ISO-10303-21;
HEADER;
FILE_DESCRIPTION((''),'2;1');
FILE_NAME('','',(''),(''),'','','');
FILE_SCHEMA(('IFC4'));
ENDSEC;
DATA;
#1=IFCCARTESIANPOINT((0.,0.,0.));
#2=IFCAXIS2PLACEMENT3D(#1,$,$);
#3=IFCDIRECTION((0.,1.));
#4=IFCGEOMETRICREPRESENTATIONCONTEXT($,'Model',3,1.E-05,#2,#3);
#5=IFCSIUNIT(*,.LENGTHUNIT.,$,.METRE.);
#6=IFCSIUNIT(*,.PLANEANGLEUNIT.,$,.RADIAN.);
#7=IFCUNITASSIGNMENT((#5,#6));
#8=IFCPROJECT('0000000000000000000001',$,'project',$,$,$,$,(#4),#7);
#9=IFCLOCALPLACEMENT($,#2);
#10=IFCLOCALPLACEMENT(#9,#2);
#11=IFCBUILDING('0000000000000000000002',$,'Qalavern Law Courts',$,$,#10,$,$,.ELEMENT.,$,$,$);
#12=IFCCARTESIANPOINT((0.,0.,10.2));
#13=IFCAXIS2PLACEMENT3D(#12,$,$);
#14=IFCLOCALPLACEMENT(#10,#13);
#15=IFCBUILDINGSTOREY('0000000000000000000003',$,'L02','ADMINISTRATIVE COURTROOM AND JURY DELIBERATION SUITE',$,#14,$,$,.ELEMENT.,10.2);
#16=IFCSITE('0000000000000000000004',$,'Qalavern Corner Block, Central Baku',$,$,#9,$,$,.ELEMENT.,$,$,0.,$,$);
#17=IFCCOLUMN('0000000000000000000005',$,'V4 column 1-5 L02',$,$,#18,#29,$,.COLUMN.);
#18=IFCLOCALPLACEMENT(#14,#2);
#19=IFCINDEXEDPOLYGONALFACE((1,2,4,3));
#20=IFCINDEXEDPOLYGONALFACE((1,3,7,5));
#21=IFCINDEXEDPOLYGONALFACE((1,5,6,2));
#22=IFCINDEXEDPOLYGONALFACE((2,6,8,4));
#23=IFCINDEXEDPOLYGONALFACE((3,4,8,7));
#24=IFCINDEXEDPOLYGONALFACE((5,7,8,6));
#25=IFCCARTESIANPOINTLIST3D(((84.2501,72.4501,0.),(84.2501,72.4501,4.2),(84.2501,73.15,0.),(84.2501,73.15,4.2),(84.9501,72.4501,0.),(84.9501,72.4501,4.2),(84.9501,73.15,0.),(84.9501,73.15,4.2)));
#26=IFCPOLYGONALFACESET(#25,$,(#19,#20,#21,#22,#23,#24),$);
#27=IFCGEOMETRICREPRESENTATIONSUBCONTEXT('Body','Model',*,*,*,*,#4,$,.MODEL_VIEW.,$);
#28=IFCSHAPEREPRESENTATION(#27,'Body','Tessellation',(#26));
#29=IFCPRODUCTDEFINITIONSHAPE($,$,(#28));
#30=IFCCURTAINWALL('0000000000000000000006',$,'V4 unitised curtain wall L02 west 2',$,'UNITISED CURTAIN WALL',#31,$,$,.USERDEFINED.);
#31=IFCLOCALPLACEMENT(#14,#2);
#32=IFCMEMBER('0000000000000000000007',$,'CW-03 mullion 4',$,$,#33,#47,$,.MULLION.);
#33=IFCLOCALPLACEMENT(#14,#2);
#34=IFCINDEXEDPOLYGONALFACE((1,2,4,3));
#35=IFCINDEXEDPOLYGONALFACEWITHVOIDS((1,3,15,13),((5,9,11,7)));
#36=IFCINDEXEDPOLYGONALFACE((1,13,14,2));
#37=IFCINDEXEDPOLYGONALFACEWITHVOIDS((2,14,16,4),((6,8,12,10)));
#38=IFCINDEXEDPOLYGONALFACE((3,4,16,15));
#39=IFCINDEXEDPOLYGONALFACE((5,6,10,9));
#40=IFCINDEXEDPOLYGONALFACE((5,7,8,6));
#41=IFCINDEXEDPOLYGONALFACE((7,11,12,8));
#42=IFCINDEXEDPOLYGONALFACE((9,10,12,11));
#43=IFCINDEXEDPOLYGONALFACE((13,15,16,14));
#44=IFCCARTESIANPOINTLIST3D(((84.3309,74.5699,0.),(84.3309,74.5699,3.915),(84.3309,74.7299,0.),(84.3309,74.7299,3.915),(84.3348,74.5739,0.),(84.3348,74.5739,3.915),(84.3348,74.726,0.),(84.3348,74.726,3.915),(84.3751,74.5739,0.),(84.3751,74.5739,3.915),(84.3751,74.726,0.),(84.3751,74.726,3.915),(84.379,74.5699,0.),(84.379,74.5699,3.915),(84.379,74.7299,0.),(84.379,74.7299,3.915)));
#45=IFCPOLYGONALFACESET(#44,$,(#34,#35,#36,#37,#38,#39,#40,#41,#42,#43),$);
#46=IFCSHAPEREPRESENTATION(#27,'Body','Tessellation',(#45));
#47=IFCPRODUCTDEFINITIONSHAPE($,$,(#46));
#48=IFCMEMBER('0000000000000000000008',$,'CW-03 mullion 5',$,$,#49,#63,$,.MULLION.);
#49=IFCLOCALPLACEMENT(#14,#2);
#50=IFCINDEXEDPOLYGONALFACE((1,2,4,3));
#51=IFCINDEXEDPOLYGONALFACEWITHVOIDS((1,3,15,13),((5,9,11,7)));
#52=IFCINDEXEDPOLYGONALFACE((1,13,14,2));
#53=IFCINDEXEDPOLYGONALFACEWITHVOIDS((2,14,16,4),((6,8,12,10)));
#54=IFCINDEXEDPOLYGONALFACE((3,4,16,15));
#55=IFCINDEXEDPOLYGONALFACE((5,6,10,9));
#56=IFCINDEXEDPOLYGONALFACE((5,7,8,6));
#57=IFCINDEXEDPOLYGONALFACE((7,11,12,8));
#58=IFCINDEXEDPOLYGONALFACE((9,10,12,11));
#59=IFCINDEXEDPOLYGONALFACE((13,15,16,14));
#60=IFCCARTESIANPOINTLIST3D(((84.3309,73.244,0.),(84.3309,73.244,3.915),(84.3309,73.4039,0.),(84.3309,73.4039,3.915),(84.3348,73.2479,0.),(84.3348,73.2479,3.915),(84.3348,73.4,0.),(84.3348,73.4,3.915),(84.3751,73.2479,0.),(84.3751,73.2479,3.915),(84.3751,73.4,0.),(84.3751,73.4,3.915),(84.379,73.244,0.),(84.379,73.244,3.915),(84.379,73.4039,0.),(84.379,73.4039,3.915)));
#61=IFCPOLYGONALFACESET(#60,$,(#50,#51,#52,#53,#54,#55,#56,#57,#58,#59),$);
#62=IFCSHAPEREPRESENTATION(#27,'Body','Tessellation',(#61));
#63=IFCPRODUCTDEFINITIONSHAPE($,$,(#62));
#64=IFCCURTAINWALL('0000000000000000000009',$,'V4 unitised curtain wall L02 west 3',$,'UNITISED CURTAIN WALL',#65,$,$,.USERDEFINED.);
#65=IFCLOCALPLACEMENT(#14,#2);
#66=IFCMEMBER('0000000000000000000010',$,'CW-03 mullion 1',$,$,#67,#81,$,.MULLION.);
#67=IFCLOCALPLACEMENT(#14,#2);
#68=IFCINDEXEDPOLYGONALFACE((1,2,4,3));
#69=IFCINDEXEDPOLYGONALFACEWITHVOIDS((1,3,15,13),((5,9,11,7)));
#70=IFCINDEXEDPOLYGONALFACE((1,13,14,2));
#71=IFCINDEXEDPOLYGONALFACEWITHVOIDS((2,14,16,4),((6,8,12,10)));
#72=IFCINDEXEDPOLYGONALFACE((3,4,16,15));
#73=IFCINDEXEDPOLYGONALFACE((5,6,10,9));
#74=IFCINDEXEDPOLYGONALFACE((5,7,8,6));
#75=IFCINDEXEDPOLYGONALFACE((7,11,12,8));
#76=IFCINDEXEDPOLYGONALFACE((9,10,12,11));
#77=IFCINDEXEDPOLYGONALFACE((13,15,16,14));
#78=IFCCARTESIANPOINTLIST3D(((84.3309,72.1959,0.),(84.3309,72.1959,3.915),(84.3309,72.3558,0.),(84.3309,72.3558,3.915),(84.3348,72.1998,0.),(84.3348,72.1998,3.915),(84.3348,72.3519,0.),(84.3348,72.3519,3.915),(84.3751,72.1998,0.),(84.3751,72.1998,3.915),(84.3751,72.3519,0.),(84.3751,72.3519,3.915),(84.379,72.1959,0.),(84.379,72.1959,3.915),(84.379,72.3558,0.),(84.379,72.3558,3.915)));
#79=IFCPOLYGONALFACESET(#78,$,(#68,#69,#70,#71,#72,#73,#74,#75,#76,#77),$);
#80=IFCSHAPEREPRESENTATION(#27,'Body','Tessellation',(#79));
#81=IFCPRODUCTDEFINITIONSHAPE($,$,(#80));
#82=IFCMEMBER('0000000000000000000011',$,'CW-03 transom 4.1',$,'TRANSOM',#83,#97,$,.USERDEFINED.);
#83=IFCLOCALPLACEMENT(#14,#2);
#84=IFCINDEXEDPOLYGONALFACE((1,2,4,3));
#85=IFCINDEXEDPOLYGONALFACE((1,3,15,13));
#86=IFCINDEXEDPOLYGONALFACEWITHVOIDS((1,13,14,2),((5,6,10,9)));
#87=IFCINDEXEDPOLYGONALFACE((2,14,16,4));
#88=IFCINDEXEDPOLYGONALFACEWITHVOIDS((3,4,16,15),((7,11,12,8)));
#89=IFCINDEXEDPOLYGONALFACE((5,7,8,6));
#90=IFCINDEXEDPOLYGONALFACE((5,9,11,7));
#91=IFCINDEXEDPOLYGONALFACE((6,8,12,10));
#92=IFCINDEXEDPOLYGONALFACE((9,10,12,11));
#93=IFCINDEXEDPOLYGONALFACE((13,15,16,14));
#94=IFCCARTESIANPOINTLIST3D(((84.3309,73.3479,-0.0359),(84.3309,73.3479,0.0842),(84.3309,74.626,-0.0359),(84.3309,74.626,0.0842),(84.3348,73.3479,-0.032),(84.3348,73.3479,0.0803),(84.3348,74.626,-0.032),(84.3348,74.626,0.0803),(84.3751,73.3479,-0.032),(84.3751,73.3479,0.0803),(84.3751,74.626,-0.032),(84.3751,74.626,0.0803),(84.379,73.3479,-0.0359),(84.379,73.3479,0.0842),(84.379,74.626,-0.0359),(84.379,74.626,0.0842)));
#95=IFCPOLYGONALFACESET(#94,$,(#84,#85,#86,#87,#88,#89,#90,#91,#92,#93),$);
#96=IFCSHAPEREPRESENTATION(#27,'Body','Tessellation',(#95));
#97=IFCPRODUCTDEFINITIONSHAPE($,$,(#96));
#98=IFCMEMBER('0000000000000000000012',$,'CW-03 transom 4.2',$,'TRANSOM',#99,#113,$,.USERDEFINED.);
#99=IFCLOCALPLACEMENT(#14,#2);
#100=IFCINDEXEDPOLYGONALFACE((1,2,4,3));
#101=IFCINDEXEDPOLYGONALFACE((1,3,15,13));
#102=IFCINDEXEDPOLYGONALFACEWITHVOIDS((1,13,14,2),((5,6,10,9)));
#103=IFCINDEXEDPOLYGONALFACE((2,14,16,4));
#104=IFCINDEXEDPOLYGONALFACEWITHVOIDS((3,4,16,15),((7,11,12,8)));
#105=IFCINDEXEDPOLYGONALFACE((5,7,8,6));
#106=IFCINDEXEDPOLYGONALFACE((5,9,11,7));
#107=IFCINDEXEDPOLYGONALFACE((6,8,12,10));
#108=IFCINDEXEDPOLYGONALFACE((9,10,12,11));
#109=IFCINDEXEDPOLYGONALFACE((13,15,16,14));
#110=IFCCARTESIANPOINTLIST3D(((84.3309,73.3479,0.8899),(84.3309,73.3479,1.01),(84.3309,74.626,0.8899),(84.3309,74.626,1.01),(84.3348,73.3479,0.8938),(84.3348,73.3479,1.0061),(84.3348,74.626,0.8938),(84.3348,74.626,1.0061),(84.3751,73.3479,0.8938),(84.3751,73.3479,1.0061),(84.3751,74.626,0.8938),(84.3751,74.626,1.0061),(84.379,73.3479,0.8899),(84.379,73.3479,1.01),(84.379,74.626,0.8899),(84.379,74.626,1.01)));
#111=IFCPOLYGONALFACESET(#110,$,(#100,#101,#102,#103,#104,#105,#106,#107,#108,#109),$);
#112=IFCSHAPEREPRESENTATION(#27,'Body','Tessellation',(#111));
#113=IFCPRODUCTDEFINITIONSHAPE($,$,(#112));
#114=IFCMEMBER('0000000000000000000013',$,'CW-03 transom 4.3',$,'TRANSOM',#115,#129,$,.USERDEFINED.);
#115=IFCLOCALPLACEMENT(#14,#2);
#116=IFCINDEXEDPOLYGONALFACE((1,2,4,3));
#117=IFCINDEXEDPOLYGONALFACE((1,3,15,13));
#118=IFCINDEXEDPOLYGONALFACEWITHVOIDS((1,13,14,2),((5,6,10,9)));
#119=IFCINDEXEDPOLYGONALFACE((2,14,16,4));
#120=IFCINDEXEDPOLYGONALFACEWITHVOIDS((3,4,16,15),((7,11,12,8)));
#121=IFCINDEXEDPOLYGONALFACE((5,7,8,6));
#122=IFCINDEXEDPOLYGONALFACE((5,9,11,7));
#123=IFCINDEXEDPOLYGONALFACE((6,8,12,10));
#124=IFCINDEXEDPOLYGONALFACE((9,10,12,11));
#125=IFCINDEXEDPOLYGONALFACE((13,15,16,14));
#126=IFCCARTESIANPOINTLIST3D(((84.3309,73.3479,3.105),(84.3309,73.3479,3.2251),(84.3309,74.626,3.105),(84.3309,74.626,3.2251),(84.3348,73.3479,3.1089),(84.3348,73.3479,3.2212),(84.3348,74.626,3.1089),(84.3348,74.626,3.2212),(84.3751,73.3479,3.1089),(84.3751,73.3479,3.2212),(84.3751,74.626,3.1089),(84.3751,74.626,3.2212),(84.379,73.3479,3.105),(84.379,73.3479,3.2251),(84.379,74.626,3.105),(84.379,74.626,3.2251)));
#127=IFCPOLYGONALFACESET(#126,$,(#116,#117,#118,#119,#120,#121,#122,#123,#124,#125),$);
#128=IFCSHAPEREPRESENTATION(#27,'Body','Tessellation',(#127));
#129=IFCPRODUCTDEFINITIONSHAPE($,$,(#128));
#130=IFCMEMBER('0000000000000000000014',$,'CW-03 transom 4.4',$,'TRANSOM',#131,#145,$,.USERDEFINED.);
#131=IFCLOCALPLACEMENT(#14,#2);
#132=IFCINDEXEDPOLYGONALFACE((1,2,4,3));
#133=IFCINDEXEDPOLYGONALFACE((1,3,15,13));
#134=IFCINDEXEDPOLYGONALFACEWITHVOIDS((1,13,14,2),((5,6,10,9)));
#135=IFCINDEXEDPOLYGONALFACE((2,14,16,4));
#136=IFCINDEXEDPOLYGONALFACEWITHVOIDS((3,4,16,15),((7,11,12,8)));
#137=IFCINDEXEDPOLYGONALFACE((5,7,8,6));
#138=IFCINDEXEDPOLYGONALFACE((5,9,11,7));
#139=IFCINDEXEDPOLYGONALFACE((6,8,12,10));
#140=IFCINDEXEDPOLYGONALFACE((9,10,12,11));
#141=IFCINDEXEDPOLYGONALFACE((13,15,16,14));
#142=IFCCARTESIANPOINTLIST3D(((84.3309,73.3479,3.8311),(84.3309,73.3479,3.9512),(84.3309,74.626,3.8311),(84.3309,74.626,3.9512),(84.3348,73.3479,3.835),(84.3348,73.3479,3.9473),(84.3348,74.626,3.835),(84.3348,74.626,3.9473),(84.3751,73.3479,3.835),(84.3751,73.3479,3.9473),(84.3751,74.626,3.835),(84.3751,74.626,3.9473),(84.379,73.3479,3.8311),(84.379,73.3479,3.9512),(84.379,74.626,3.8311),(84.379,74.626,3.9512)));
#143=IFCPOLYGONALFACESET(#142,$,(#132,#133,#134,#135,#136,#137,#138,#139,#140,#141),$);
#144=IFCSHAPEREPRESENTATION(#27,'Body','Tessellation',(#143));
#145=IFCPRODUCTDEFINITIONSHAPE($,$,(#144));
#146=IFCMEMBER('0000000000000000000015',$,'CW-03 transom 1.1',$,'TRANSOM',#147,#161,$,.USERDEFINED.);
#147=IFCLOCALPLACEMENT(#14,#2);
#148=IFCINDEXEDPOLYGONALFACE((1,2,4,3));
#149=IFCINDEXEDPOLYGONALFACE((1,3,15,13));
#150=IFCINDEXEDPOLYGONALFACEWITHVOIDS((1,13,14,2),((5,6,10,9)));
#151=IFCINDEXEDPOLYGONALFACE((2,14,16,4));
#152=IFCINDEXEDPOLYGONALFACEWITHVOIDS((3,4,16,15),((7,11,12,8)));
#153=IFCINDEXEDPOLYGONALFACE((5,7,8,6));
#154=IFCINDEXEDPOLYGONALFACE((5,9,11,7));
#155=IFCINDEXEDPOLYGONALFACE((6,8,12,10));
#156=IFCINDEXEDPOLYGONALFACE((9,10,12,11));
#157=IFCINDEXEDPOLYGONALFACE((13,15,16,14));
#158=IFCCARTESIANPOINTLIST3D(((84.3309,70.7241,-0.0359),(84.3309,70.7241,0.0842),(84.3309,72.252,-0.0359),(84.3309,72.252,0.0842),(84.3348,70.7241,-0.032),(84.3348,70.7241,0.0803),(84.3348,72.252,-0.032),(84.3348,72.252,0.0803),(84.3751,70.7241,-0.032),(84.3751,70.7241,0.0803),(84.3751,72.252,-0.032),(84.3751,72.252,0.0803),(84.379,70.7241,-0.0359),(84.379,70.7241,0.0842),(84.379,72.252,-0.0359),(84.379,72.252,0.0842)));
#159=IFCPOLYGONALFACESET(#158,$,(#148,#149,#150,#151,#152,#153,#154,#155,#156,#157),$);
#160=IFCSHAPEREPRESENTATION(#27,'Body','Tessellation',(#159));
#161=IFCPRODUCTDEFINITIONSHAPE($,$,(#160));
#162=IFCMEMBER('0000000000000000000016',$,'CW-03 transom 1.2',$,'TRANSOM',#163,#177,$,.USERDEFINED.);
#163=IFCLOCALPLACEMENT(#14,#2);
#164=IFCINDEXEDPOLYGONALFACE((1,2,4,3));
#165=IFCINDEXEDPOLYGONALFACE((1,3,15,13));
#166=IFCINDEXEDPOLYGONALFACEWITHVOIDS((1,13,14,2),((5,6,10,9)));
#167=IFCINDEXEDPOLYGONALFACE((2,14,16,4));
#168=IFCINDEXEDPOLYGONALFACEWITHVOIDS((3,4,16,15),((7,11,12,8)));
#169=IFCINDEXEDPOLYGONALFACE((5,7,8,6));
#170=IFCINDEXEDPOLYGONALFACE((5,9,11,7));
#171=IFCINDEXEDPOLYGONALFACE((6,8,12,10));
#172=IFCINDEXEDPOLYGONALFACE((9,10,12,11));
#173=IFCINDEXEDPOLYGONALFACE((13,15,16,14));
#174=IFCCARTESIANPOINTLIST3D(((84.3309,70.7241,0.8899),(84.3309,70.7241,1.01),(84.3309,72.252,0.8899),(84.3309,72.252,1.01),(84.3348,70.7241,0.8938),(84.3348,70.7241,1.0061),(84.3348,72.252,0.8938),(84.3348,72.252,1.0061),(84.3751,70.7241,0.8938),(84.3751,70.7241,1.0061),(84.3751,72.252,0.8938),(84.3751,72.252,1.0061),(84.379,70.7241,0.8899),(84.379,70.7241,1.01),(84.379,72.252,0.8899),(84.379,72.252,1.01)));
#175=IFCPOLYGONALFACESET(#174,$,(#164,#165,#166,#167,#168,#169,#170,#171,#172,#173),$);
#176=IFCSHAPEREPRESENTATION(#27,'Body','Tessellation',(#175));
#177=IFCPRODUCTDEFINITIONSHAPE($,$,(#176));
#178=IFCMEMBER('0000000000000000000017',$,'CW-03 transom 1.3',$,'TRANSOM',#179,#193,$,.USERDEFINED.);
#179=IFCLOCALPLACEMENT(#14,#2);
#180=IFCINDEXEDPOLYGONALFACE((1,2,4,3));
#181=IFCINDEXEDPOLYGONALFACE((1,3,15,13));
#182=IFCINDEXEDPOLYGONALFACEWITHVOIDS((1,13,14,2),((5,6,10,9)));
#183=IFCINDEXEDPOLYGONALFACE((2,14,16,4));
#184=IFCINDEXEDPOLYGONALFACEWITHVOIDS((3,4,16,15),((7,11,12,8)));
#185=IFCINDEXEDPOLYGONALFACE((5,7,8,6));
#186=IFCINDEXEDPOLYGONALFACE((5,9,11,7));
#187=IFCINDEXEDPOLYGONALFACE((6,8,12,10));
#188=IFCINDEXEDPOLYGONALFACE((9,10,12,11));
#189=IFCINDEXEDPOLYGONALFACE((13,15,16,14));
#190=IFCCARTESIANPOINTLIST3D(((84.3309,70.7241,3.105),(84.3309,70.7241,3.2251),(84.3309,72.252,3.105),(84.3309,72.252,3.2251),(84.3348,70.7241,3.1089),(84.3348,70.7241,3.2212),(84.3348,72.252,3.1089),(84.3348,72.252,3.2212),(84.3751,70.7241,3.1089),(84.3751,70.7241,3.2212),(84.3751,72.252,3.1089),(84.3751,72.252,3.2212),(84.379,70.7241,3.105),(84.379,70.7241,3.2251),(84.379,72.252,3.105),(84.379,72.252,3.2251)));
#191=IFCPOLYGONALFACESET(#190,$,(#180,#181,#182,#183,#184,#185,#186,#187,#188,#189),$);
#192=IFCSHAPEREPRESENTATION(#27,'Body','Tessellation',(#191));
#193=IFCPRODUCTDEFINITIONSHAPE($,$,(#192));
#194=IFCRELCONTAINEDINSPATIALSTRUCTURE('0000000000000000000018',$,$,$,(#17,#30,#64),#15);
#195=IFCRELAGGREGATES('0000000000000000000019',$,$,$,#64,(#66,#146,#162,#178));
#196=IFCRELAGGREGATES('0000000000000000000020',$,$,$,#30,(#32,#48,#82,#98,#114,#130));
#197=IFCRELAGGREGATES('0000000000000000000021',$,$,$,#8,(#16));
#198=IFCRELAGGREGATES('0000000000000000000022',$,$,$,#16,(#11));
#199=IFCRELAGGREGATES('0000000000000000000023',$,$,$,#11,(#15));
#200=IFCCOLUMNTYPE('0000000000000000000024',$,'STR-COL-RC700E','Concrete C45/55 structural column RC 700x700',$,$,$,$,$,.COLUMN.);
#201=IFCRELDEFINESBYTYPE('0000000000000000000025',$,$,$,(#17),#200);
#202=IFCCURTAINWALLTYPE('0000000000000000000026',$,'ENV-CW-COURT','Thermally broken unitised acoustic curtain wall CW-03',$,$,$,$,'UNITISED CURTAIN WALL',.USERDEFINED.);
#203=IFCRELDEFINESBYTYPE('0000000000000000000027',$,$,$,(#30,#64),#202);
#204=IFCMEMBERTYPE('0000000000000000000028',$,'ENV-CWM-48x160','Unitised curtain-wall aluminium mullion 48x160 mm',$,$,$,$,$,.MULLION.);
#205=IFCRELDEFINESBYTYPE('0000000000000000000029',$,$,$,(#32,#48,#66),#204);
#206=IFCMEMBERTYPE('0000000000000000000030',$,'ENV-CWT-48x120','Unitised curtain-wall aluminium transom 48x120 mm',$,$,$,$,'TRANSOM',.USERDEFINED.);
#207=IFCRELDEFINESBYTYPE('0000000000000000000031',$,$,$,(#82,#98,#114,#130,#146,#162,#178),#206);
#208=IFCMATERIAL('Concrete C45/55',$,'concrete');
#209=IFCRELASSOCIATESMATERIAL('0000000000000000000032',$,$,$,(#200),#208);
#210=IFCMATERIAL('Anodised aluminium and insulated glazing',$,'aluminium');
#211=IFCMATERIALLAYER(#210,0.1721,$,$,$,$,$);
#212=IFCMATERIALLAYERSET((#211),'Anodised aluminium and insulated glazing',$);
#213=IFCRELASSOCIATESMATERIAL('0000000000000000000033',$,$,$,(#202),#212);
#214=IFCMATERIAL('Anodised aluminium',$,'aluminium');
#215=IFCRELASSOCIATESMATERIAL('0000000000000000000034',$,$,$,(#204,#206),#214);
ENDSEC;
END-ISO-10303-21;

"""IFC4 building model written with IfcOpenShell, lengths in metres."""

from ifc_helpers import new_model, si_unit, direction, frame, origin, origin_2d, place, context, subcontext, project, spatial, rectangle, hollow_rectangle, extrude, material, layer, layer_set, material_profile, profile_set, type_object, element, aggregate, save


model = new_model("IFC4")

# Units and contexts
model_context = context("Model", 3, precision=1e-05, world=origin(), true_north=direction((0.0, 1.0)))
body_context = subcontext(model_context, "Body", "Model", "MODEL_VIEW")
ifc_project = project(units=[si_unit("LENGTHUNIT", "METRE"), si_unit("PLANEANGLEUNIT", "RADIAN")], contexts=[model_context])

# Site, building, storey
site_placement = place(None, origin())
site = spatial("IfcSite", under=ifc_project, at=site_placement, Name="Qalavern Corner Block, Central Baku", CompositionType="ELEMENT", RefElevation=0.0)
building_placement = place(site_placement, origin())
building = spatial("IfcBuilding", under=site, at=building_placement, Name="Qalavern Law Courts", CompositionType="ELEMENT")
storey_placement = place(building_placement, frame((0.0, 0.0, 10.2)))
storey = spatial("IfcBuildingStorey", under=building, at=storey_placement, Name="L02", Description="ADMINISTRATIVE COURTROOM AND JURY DELIBERATION SUITE", CompositionType="ELEMENT", Elevation=10.2)

# Column
ifc_material_1 = material(Name="Concrete C45/55", Category="concrete")
ifc_material_profile_1 = material_profile(ifc_material_1, rectangle(XDim=0.7, YDim=0.7, at=origin_2d()), Name="RC 700x700")
ifc_profile_set_1 = profile_set([ifc_material_profile_1], Name="Concrete C45/55")
column_type = type_object("IfcColumnType", Name="STR-COL-RC700E", Description="Concrete C45/55 structural column RC 700x700", PredefinedType="COLUMN", material=ifc_profile_set_1)
column_placement = place(storey_placement, frame((84.6001, 72.8, 0.0), z_axis=(0.0, 0.0, 1.0), x_axis=(1.0, 0.0, 0.0)))
element("IfcColumn", 1, at=column_placement, inside=storey, type_object=column_type, Name="V4 column 1-5 L02", PredefinedType="COLUMN", context=body_context, shape_type="SweptSolid", body=[
    extrude(rectangle(XDim=0.7, YDim=0.7, at=origin_2d()), origin(), (0.0, 0.0, 1.0), 4.2),
])

# Curtain wall, members
ifc_material_2 = material(Name="Anodised aluminium and insulated glazing", Category="aluminium")
ifc_layer_1 = layer(ifc_material_2, 0.1721)
ifc_layer_set_1 = layer_set([ifc_layer_1], Name="Anodised aluminium and insulated glazing")
curtain_wall_type = type_object("IfcCurtainWallType", Name="ENV-CW-COURT", Description="Thermally broken unitised acoustic curtain wall CW-03", ElementType="UNITISED CURTAIN WALL", PredefinedType="USERDEFINED", material=ifc_layer_set_1)
curtain_wall_1_placement = place(storey_placement, origin())
curtain_wall_1 = element("IfcCurtainWall", 2, at=curtain_wall_1_placement, inside=storey, type_object=curtain_wall_type, Name="V4 unitised curtain wall L02 west 2", ObjectType="UNITISED CURTAIN WALL", PredefinedType="USERDEFINED")
ifc_material_3 = material(Name="Anodised aluminium", Category="aluminium")
ifc_material_profile_2 = material_profile(ifc_material_3, hollow_rectangle(XDim=0.0481, YDim=0.1599, WallThickness=0.0039, at=origin_2d()), Name="ALU MULLION 48x160")
ifc_profile_set_2 = profile_set([ifc_material_profile_2], Name="Anodised aluminium")
member_type_1 = type_object("IfcMemberType", Name="ENV-CWM-48x160", Description="Unitised curtain-wall aluminium mullion 48x160 mm", PredefinedType="MULLION", material=ifc_profile_set_2)
member_1_placement = place(storey_placement, frame((84.355, 74.6499, 0.0), z_axis=(0.0, 0.0, 1.0), x_axis=(1.0, 0.0, 0.0)))
member_1 = element("IfcMember", 3, at=member_1_placement, type_object=member_type_1, Name="CW-03 mullion 4", PredefinedType="MULLION", context=body_context, shape_type="SweptSolid", body=[
    extrude(hollow_rectangle(XDim=0.0481, YDim=0.1599, WallThickness=0.0039, at=origin_2d()), origin(), (0.0, 0.0, 1.0), 3.915),
])
member_2_placement = place(storey_placement, frame((84.355, 73.324, 0.0), z_axis=(0.0, 0.0, 1.0), x_axis=(1.0, 0.0, 0.0)))
member_2 = element("IfcMember", 4, at=member_2_placement, type_object=member_type_1, Name="CW-03 mullion 5", PredefinedType="MULLION", context=body_context, shape_type="SweptSolid", body=[
    extrude(hollow_rectangle(XDim=0.0481, YDim=0.1599, WallThickness=0.0039, at=origin_2d()), origin(), (0.0, 0.0, 1.0), 3.915),
])

# Curtain wall, member
curtain_wall_2_placement = place(storey_placement, origin())
curtain_wall_2 = element("IfcCurtainWall", 5, at=curtain_wall_2_placement, inside=storey, type_object=curtain_wall_type, Name="V4 unitised curtain wall L02 west 3", ObjectType="UNITISED CURTAIN WALL", PredefinedType="USERDEFINED")
member_3_placement = place(storey_placement, frame((84.355, 72.2759, 0.0), z_axis=(0.0, 0.0, 1.0), x_axis=(1.0, 0.0, 0.0)))
member_3 = element("IfcMember", 6, at=member_3_placement, type_object=member_type_1, Name="CW-03 mullion 1", PredefinedType="MULLION", context=body_context, shape_type="SweptSolid", body=[
    extrude(hollow_rectangle(XDim=0.0481, YDim=0.1599, WallThickness=0.0039, at=origin_2d()), origin(), (0.0, 0.0, 1.0), 3.915),
])

# Members
ifc_material_profile_3 = material_profile(ifc_material_3, hollow_rectangle(XDim=0.0481, YDim=0.1201, WallThickness=0.0039, at=origin_2d()), Name="ALU TRANSOM 48x120")
ifc_profile_set_3 = profile_set([ifc_material_profile_3], Name="Anodised aluminium")
member_type_2 = type_object("IfcMemberType", Name="ENV-CWT-48x120", Description="Unitised curtain-wall aluminium transom 48x120 mm", ElementType="TRANSOM", PredefinedType="USERDEFINED", material=ifc_profile_set_3)
member_4_placement = place(storey_placement, frame((84.355, 74.626, 0.0242), z_axis=(0.0, -1.0, 0.0), x_axis=(1.0, 0.0, 0.0)))
member_4 = element("IfcMember", 7, at=member_4_placement, type_object=member_type_2, Name="CW-03 transom 4.1", ObjectType="TRANSOM", PredefinedType="USERDEFINED", context=body_context, shape_type="SweptSolid", body=[
    extrude(hollow_rectangle(XDim=0.0481, YDim=0.1201, WallThickness=0.0039, at=origin_2d()), origin(), (0.0, 0.0, 1.0), 1.2781),
])
member_5_placement = place(storey_placement, frame((84.355, 74.626, 0.95), z_axis=(0.0, -1.0, 0.0), x_axis=(1.0, 0.0, 0.0)))
member_5 = element("IfcMember", 8, at=member_5_placement, type_object=member_type_2, Name="CW-03 transom 4.2", ObjectType="TRANSOM", PredefinedType="USERDEFINED", context=body_context, shape_type="SweptSolid", body=[
    extrude(hollow_rectangle(XDim=0.0481, YDim=0.1201, WallThickness=0.0039, at=origin_2d()), origin(), (0.0, 0.0, 1.0), 1.2781),
])
member_6_placement = place(storey_placement, frame((84.355, 74.626, 3.165), z_axis=(0.0, -1.0, 0.0), x_axis=(1.0, 0.0, 0.0)))
member_6 = element("IfcMember", 9, at=member_6_placement, type_object=member_type_2, Name="CW-03 transom 4.3", ObjectType="TRANSOM", PredefinedType="USERDEFINED", context=body_context, shape_type="SweptSolid", body=[
    extrude(hollow_rectangle(XDim=0.0481, YDim=0.1201, WallThickness=0.0039, at=origin_2d()), origin(), (0.0, 0.0, 1.0), 1.2781),
])
member_7_placement = place(storey_placement, frame((84.355, 74.626, 3.8911), z_axis=(0.0, -1.0, 0.0), x_axis=(1.0, 0.0, 0.0)))
member_7 = element("IfcMember", 10, at=member_7_placement, type_object=member_type_2, Name="CW-03 transom 4.4", ObjectType="TRANSOM", PredefinedType="USERDEFINED", context=body_context, shape_type="SweptSolid", body=[
    extrude(hollow_rectangle(XDim=0.0481, YDim=0.1201, WallThickness=0.0039, at=origin_2d()), origin(), (0.0, 0.0, 1.0), 1.2781),
])
member_8_placement = place(storey_placement, frame((84.355, 72.252, 0.0242), z_axis=(0.0, -1.0, 0.0), x_axis=(1.0, 0.0, 0.0)))
member_8 = element("IfcMember", 11, at=member_8_placement, type_object=member_type_2, Name="CW-03 transom 1.1", ObjectType="TRANSOM", PredefinedType="USERDEFINED", context=body_context, shape_type="SweptSolid", body=[
    extrude(hollow_rectangle(XDim=0.0481, YDim=0.1201, WallThickness=0.0039, at=origin_2d()), origin(), (0.0, 0.0, 1.0), 1.5278),
])
member_9_placement = place(storey_placement, frame((84.355, 72.252, 0.95), z_axis=(0.0, -1.0, 0.0), x_axis=(1.0, 0.0, 0.0)))
member_9 = element("IfcMember", 12, at=member_9_placement, type_object=member_type_2, Name="CW-03 transom 1.2", ObjectType="TRANSOM", PredefinedType="USERDEFINED", context=body_context, shape_type="SweptSolid", body=[
    extrude(hollow_rectangle(XDim=0.0481, YDim=0.1201, WallThickness=0.0039, at=origin_2d()), origin(), (0.0, 0.0, 1.0), 1.5278),
])
member_10_placement = place(storey_placement, frame((84.355, 72.252, 3.165), z_axis=(0.0, -1.0, 0.0), x_axis=(1.0, 0.0, 0.0)))
member_10 = element("IfcMember", 13, at=member_10_placement, type_object=member_type_2, Name="CW-03 transom 1.3", ObjectType="TRANSOM", PredefinedType="USERDEFINED", context=body_context, shape_type="SweptSolid", body=[
    extrude(hollow_rectangle(XDim=0.0481, YDim=0.1201, WallThickness=0.0039, at=origin_2d()), origin(), (0.0, 0.0, 1.0), 1.5278),
])
aggregate(curtain_wall_2, [member_3, member_8, member_9, member_10])

aggregate(curtain_wall_1, [member_1, member_2, member_4, member_5, member_6, member_7])

save(model, "model.ifc")
